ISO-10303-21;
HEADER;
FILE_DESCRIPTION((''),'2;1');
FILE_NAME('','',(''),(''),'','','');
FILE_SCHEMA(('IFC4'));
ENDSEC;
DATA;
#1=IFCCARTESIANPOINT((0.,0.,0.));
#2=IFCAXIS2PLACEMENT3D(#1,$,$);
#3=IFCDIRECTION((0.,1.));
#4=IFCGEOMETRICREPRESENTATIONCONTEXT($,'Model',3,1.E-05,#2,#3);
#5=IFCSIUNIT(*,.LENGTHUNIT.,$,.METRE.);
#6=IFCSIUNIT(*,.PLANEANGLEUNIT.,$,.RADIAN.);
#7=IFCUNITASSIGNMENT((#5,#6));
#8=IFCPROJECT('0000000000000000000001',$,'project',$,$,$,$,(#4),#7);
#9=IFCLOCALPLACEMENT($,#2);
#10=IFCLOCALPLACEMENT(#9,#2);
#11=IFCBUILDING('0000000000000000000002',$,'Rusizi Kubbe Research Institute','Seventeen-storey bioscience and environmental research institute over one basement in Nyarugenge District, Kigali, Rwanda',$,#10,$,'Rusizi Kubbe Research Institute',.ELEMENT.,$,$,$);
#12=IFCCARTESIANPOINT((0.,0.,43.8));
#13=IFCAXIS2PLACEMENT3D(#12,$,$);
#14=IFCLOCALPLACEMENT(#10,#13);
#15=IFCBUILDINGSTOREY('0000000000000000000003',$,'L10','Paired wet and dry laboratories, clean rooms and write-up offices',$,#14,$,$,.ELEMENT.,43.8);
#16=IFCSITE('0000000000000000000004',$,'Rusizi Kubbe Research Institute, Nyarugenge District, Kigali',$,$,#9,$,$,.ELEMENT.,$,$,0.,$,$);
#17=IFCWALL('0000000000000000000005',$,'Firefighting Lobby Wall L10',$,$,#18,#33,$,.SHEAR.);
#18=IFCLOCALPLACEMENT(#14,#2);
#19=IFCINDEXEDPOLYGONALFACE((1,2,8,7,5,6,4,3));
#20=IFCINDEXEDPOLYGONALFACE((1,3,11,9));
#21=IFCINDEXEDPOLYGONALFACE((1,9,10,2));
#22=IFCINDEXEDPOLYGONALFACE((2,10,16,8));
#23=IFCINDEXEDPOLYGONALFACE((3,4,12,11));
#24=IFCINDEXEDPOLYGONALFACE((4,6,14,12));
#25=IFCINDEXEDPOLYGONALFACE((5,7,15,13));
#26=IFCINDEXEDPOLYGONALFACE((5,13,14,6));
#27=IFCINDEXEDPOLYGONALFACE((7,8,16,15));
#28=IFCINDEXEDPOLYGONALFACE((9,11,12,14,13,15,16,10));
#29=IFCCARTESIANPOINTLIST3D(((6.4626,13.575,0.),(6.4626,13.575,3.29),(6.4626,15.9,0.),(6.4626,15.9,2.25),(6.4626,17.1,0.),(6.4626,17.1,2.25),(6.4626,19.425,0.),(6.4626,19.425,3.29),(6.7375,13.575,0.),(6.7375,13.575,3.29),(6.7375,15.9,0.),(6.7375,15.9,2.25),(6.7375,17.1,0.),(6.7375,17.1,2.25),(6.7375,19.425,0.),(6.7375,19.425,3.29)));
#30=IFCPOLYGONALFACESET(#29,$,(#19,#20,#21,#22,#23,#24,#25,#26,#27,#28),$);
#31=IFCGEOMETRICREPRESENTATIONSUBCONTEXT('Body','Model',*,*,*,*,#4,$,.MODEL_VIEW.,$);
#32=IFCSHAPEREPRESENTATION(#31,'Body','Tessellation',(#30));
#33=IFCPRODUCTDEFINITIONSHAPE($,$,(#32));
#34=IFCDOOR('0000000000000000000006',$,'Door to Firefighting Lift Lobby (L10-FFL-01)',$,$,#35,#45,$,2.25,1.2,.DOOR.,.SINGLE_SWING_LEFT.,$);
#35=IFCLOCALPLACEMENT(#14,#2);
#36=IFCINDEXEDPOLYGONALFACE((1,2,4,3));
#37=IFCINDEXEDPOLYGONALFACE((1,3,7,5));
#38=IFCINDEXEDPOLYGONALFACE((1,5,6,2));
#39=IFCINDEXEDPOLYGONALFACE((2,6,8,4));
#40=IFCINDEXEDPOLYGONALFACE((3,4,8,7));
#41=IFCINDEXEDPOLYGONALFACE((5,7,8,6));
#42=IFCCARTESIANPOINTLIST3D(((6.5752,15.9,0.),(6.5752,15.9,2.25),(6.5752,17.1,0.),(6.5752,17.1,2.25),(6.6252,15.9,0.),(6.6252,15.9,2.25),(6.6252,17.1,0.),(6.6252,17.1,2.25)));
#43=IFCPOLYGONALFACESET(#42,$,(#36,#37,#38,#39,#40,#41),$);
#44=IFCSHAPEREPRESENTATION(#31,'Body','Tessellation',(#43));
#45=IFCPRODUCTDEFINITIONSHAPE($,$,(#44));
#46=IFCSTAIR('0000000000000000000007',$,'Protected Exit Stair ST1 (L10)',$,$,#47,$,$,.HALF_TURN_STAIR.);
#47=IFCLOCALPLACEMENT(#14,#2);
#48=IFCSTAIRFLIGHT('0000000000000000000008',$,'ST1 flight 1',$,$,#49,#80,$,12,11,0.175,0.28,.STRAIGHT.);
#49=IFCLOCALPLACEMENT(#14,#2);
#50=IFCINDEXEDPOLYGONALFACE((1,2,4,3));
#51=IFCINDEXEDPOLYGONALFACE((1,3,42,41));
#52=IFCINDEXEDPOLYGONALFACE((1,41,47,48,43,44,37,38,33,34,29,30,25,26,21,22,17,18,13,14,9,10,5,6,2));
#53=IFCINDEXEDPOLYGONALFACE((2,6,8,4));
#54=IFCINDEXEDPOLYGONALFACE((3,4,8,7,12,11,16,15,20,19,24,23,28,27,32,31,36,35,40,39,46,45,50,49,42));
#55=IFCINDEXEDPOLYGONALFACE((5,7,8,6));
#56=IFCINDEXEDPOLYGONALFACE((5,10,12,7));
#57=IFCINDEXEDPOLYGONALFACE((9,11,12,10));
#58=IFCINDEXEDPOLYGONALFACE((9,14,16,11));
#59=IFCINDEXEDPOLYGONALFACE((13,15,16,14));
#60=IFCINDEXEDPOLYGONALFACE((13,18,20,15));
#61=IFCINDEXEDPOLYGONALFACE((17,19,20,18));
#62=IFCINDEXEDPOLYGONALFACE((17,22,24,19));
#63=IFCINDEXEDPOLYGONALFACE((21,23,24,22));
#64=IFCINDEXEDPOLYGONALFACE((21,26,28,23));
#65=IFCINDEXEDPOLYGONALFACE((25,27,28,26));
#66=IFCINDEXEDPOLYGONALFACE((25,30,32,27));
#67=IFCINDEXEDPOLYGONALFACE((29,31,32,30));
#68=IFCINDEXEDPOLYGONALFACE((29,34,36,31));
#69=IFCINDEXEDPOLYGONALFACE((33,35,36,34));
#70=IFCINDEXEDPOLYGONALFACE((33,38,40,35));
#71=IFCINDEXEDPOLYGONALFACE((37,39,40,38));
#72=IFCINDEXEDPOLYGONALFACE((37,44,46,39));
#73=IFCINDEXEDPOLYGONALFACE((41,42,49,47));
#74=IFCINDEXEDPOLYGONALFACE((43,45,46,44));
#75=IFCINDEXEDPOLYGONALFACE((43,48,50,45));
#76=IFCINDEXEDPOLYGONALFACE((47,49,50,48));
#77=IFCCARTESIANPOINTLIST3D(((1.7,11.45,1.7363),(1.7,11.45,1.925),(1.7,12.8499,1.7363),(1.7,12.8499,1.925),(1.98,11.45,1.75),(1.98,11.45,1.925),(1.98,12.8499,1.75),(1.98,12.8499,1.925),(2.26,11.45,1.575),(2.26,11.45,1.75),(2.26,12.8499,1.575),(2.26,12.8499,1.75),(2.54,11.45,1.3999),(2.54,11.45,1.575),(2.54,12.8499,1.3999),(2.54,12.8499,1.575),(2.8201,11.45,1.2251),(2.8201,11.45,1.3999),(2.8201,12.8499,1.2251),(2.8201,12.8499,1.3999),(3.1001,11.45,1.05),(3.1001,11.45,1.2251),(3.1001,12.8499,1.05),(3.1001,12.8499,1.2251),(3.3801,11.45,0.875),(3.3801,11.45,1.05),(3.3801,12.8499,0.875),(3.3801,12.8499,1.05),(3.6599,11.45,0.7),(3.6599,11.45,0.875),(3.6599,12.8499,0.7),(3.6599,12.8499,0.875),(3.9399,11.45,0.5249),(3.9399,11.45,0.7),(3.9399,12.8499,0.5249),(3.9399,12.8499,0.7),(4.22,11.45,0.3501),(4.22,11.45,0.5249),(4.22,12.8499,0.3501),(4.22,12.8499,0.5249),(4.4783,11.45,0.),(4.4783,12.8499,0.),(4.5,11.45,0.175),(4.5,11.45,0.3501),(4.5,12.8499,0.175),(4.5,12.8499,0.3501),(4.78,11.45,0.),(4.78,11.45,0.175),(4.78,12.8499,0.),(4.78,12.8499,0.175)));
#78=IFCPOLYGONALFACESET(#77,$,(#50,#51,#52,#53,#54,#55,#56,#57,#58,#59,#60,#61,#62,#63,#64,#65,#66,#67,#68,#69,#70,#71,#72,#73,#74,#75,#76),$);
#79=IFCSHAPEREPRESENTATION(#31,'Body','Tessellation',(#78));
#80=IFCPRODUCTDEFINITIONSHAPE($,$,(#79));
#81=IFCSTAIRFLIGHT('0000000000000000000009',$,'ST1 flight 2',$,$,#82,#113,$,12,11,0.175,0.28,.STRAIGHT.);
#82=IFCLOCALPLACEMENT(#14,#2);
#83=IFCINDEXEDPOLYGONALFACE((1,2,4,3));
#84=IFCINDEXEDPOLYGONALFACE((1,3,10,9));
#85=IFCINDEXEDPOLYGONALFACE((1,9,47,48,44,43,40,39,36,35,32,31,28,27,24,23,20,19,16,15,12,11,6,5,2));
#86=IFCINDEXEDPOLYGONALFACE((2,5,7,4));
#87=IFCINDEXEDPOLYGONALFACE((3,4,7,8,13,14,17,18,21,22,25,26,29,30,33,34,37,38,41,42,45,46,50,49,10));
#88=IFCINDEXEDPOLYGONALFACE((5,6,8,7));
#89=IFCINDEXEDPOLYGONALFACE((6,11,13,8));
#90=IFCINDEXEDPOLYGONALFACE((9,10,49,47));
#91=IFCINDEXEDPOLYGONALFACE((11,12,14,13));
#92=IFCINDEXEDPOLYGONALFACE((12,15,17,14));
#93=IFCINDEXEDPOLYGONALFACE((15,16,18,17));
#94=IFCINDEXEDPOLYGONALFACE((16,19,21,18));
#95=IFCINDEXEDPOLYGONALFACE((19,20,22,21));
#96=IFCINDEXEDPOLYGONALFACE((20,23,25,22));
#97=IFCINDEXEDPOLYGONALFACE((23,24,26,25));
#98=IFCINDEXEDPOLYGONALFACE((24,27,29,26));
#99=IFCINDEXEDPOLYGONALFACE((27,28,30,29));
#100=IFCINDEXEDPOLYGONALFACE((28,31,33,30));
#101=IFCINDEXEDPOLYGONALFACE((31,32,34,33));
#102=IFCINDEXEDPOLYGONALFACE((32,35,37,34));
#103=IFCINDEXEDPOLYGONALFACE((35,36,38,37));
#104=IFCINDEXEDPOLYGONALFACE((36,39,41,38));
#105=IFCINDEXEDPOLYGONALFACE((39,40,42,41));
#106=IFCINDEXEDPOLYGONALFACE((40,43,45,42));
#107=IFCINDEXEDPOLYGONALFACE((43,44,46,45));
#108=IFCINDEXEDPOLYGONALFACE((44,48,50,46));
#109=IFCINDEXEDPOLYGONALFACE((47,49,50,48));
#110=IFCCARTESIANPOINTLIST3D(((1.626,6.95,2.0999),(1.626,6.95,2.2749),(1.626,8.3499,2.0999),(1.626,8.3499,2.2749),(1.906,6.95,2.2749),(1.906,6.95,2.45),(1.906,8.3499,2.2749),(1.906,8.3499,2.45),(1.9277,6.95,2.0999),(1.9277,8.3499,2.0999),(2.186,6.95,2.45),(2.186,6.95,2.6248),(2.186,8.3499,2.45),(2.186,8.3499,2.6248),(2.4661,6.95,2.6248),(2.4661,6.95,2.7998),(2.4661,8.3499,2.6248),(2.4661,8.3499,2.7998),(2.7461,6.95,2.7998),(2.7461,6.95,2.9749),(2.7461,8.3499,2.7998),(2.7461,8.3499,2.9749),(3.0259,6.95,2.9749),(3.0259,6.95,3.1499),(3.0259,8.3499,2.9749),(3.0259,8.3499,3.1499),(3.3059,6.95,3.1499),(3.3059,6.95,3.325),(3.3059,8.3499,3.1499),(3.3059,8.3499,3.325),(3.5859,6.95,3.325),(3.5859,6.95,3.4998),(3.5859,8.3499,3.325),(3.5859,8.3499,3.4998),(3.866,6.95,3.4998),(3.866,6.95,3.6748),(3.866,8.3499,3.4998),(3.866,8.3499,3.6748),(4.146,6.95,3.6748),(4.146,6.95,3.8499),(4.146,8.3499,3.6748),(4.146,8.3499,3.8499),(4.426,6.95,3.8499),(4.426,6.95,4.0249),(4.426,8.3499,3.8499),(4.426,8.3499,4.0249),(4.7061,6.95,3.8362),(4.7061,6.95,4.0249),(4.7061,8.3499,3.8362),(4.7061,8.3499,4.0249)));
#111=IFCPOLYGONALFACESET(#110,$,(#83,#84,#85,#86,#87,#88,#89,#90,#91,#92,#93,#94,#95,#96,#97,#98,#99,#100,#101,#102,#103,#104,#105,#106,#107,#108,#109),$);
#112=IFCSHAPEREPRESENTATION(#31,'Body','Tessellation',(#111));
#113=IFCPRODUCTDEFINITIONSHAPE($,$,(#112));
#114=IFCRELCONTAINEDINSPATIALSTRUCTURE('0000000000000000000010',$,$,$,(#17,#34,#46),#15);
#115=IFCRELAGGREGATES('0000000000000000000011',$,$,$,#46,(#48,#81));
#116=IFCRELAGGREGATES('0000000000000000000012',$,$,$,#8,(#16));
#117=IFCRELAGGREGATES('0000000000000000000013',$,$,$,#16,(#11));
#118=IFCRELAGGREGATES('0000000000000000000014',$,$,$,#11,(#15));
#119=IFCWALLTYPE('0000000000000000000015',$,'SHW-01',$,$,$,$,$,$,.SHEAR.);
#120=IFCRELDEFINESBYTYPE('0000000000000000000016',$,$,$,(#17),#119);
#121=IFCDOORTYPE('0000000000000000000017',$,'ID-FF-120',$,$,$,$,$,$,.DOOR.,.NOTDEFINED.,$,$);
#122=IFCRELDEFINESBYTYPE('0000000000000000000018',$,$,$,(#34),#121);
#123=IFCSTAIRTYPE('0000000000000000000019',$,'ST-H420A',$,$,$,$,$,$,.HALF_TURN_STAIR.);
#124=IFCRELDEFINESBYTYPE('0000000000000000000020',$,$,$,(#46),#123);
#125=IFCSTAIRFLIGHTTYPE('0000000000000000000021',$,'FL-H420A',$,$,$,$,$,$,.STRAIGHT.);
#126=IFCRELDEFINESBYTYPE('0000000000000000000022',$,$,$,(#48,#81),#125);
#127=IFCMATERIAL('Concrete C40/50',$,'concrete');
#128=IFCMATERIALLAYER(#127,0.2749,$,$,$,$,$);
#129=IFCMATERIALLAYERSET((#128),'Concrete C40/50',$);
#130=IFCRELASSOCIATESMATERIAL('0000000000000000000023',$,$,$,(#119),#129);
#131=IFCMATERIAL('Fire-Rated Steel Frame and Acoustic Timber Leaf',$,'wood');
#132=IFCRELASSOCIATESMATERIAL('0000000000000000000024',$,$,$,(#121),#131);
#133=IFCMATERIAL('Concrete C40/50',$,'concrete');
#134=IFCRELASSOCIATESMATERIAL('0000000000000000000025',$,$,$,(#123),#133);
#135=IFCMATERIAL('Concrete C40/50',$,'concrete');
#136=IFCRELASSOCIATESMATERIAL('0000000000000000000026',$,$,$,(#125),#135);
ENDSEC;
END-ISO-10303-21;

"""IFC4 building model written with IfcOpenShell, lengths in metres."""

from ifc_helpers import new_model, si_unit, direction, frame, frame_2d, origin, place, context, subcontext, project, spatial, polyline, rectangle, outline, extrude, material, layer, layer_set, type_object, element, fill, aggregate, save


model = new_model("IFC4")

# Units and contexts
model_context = context("Model", 3, precision=1e-05, world=origin(), true_north=direction((0.0, 1.0)))
body_context = subcontext(model_context, "Body", "Model", "MODEL_VIEW")
ifc_project = project(units=[si_unit("LENGTHUNIT", "METRE"), si_unit("PLANEANGLEUNIT", "RADIAN")], contexts=[model_context])

# Site, building, storey
site_placement = place(None, origin())
site = spatial("IfcSite", under=ifc_project, at=site_placement, Name="Rusizi Kubbe Research Institute, Nyarugenge District, Kigali", CompositionType="ELEMENT", RefElevation=0.0)
building_placement = place(site_placement, origin())
building = spatial("IfcBuilding", under=site, at=building_placement, Name="Rusizi Kubbe Research Institute", Description="Seventeen-storey bioscience and environmental research institute over one basement in Nyarugenge District, Kigali, Rwanda", LongName="Rusizi Kubbe Research Institute", CompositionType="ELEMENT")
storey_placement = place(building_placement, frame((0.0, 0.0, 43.8)))
storey = spatial("IfcBuildingStorey", under=building, at=storey_placement, Name="L10", Description="Paired wet and dry laboratories, clean rooms and write-up offices", CompositionType="ELEMENT", Elevation=43.8)

# Wall, opening, door
ifc_material_1 = material(Name="Concrete C40/50", Category="concrete")
ifc_layer_1 = layer(ifc_material_1, 0.2749)
ifc_layer_set_1 = layer_set([ifc_layer_1], Name="Concrete C40/50")
wall_type_1 = type_object("IfcWallType", Name="SHW-01", PredefinedType="SHEAR", material=ifc_layer_set_1)
wall_1_placement = place(storey_placement, frame((6.6001, 13.575, 0.0), z_axis=(0.0, 0.0, 1.0), x_axis=(0.0, 1.0, 0.0)))
wall_1 = element("IfcWall", 1, at=wall_1_placement, inside=storey, type_object=wall_type_1, Name="Firefighting Lobby Wall L10", PredefinedType="SHEAR", context=body_context, shape_type="SweptSolid", body=[
    extrude(rectangle(XDim=5.8501, YDim=0.2749, at=frame_2d((2.925, 0.0))), origin(), (0.0, 0.0, 1.0), 3.29),
])
opening_1_placement = place(wall_1_placement, frame((2.325, 0.0, 0.0)))
opening_1 = element("IfcOpeningElement", 2, at=opening_1_placement, cuts=wall_1, PredefinedType="OPENING", context=body_context, shape_type="SweptSolid", body=[
    extrude(rectangle(XDim=1.2, YDim=2.25, at=frame_2d((0.6001, 1.125))), frame((0.0, 0.1475, 0.0), z_axis=(0.0, -1.0, 0.0), x_axis=(1.0, 0.0, 0.0)), (0.0, 0.0, 1.0), 0.2949),
])
ifc_material_2 = material(Name="Fire-Rated Steel Frame and Acoustic Timber Leaf", Category="wood")
door_type_1 = type_object("IfcDoorType", Name="ID-FF-120", OperationType="NOTDEFINED", PredefinedType="DOOR", material=ifc_material_2)
door_1_placement = place(opening_1_placement, origin())
door_1 = element("IfcDoor", 3, at=door_1_placement, inside=storey, type_object=door_type_1, Name="Door to Firefighting Lift Lobby (L10-FFL-01)", OperationType="SINGLE_SWING_LEFT", OverallHeight=2.25, OverallWidth=1.2, PredefinedType="DOOR", context=body_context, shape_type="SweptSolid", body=[
    extrude(rectangle(XDim=1.2, YDim=2.25, at=frame_2d((0.6001, 1.125))), frame((0.0, 0.0249, 0.0), z_axis=(0.0, -1.0, 0.0), x_axis=(1.0, 0.0, 0.0)), (0.0, 0.0, 1.0), 0.05),
])
fill(opening_1, door_1)

# Stair, stair flights
ifc_material_3 = material(Name="Concrete C40/50", Category="concrete")
stair_type = type_object("IfcStairType", Name="ST-H420A", PredefinedType="HALF_TURN_STAIR", material=ifc_material_3)
stair_placement = place(storey_placement, origin())
stair = element("IfcStair", 4, at=stair_placement, inside=storey, type_object=stair_type, Name="Protected Exit Stair ST1 (L10)", PredefinedType="HALF_TURN_STAIR")
ifc_material_4 = material(Name="Concrete C40/50", Category="concrete")
stair_flight_type = type_object("IfcStairFlightType", Name="FL-H420A", PredefinedType="STRAIGHT", material=ifc_material_4)
stair_flight_1_placement = place(storey_placement, frame((4.78, 12.1499, 0.0), z_axis=(0.0, 0.0, 1.0), x_axis=(-1.0, 0.0, 0.0)))
stair_flight_1 = element("IfcStairFlight", 5, at=stair_flight_1_placement, type_object=stair_flight_type, Name="ST1 flight 1", NumberOfRisers=12, NumberOfTreads=11, PredefinedType="STRAIGHT", RiserHeight=0.175, TreadLength=0.28, context=body_context, shape_type="SweptSolid", body=[
    extrude(outline(polyline([(0.0, 0.0), (0.0, 0.175), (0.28, 0.175), (0.28, 0.3501), (0.5601, 0.3501), (0.5601, 0.5249), (0.8401, 0.5249), (0.8401, 0.7), (1.1201, 0.7), (1.1201, 0.875), (1.3999, 0.875), (1.3999, 1.05), (1.6799, 1.05), (1.6799, 1.2251), (1.96, 1.2251), (1.96, 1.3999), (2.24, 1.3999), (2.24, 1.575), (2.52, 1.575), (2.52, 1.75), (2.8, 1.75), (2.8, 1.925), (3.0801, 1.925), (3.0801, 2.1001), (3.0801, 1.7363), (0.3018, 0.0), (0.0, 0.0)])), frame((0.0, 0.7, 0.0), z_axis=(0.0, -1.0, 0.0), x_axis=(1.0, 0.0, 0.0)), (0.0, 0.0, 1.0), 1.3999),
])
stair_flight_2_placement = place(storey_placement, frame((1.626, 7.6499, 2.0999), z_axis=(0.0, 0.0, 1.0), x_axis=(1.0, 0.0, 0.0)))
stair_flight_2 = element("IfcStairFlight", 6, at=stair_flight_2_placement, type_object=stair_flight_type, Name="ST1 flight 2", NumberOfRisers=12, NumberOfTreads=11, PredefinedType="STRAIGHT", RiserHeight=0.175, TreadLength=0.28, context=body_context, shape_type="SweptSolid", body=[
    extrude(outline(polyline([(0.0, 0.0), (0.0, 0.175), (0.28, 0.175), (0.28, 0.3501), (0.5601, 0.3501), (0.5601, 0.5249), (0.8401, 0.5249), (0.8401, 0.7), (1.1201, 0.7), (1.1201, 0.875), (1.3999, 0.875), (1.3999, 1.05), (1.6799, 1.05), (1.6799, 1.2251), (1.96, 1.2251), (1.96, 1.3999), (2.24, 1.3999), (2.24, 1.575), (2.52, 1.575), (2.52, 1.75), (2.8, 1.75), (2.8, 1.925), (3.0801, 1.925), (3.0801, 2.1001), (3.0801, 1.7363), (0.3018, 0.0), (0.0, 0.0)])), frame((0.0, 0.7, 0.0), z_axis=(0.0, -1.0, 0.0), x_axis=(1.0, 0.0, 0.0)), (0.0, 0.0, 1.0), 1.3999),
])
aggregate(stair, [stair_flight_1, stair_flight_2])

save(model, "model.ifc")
